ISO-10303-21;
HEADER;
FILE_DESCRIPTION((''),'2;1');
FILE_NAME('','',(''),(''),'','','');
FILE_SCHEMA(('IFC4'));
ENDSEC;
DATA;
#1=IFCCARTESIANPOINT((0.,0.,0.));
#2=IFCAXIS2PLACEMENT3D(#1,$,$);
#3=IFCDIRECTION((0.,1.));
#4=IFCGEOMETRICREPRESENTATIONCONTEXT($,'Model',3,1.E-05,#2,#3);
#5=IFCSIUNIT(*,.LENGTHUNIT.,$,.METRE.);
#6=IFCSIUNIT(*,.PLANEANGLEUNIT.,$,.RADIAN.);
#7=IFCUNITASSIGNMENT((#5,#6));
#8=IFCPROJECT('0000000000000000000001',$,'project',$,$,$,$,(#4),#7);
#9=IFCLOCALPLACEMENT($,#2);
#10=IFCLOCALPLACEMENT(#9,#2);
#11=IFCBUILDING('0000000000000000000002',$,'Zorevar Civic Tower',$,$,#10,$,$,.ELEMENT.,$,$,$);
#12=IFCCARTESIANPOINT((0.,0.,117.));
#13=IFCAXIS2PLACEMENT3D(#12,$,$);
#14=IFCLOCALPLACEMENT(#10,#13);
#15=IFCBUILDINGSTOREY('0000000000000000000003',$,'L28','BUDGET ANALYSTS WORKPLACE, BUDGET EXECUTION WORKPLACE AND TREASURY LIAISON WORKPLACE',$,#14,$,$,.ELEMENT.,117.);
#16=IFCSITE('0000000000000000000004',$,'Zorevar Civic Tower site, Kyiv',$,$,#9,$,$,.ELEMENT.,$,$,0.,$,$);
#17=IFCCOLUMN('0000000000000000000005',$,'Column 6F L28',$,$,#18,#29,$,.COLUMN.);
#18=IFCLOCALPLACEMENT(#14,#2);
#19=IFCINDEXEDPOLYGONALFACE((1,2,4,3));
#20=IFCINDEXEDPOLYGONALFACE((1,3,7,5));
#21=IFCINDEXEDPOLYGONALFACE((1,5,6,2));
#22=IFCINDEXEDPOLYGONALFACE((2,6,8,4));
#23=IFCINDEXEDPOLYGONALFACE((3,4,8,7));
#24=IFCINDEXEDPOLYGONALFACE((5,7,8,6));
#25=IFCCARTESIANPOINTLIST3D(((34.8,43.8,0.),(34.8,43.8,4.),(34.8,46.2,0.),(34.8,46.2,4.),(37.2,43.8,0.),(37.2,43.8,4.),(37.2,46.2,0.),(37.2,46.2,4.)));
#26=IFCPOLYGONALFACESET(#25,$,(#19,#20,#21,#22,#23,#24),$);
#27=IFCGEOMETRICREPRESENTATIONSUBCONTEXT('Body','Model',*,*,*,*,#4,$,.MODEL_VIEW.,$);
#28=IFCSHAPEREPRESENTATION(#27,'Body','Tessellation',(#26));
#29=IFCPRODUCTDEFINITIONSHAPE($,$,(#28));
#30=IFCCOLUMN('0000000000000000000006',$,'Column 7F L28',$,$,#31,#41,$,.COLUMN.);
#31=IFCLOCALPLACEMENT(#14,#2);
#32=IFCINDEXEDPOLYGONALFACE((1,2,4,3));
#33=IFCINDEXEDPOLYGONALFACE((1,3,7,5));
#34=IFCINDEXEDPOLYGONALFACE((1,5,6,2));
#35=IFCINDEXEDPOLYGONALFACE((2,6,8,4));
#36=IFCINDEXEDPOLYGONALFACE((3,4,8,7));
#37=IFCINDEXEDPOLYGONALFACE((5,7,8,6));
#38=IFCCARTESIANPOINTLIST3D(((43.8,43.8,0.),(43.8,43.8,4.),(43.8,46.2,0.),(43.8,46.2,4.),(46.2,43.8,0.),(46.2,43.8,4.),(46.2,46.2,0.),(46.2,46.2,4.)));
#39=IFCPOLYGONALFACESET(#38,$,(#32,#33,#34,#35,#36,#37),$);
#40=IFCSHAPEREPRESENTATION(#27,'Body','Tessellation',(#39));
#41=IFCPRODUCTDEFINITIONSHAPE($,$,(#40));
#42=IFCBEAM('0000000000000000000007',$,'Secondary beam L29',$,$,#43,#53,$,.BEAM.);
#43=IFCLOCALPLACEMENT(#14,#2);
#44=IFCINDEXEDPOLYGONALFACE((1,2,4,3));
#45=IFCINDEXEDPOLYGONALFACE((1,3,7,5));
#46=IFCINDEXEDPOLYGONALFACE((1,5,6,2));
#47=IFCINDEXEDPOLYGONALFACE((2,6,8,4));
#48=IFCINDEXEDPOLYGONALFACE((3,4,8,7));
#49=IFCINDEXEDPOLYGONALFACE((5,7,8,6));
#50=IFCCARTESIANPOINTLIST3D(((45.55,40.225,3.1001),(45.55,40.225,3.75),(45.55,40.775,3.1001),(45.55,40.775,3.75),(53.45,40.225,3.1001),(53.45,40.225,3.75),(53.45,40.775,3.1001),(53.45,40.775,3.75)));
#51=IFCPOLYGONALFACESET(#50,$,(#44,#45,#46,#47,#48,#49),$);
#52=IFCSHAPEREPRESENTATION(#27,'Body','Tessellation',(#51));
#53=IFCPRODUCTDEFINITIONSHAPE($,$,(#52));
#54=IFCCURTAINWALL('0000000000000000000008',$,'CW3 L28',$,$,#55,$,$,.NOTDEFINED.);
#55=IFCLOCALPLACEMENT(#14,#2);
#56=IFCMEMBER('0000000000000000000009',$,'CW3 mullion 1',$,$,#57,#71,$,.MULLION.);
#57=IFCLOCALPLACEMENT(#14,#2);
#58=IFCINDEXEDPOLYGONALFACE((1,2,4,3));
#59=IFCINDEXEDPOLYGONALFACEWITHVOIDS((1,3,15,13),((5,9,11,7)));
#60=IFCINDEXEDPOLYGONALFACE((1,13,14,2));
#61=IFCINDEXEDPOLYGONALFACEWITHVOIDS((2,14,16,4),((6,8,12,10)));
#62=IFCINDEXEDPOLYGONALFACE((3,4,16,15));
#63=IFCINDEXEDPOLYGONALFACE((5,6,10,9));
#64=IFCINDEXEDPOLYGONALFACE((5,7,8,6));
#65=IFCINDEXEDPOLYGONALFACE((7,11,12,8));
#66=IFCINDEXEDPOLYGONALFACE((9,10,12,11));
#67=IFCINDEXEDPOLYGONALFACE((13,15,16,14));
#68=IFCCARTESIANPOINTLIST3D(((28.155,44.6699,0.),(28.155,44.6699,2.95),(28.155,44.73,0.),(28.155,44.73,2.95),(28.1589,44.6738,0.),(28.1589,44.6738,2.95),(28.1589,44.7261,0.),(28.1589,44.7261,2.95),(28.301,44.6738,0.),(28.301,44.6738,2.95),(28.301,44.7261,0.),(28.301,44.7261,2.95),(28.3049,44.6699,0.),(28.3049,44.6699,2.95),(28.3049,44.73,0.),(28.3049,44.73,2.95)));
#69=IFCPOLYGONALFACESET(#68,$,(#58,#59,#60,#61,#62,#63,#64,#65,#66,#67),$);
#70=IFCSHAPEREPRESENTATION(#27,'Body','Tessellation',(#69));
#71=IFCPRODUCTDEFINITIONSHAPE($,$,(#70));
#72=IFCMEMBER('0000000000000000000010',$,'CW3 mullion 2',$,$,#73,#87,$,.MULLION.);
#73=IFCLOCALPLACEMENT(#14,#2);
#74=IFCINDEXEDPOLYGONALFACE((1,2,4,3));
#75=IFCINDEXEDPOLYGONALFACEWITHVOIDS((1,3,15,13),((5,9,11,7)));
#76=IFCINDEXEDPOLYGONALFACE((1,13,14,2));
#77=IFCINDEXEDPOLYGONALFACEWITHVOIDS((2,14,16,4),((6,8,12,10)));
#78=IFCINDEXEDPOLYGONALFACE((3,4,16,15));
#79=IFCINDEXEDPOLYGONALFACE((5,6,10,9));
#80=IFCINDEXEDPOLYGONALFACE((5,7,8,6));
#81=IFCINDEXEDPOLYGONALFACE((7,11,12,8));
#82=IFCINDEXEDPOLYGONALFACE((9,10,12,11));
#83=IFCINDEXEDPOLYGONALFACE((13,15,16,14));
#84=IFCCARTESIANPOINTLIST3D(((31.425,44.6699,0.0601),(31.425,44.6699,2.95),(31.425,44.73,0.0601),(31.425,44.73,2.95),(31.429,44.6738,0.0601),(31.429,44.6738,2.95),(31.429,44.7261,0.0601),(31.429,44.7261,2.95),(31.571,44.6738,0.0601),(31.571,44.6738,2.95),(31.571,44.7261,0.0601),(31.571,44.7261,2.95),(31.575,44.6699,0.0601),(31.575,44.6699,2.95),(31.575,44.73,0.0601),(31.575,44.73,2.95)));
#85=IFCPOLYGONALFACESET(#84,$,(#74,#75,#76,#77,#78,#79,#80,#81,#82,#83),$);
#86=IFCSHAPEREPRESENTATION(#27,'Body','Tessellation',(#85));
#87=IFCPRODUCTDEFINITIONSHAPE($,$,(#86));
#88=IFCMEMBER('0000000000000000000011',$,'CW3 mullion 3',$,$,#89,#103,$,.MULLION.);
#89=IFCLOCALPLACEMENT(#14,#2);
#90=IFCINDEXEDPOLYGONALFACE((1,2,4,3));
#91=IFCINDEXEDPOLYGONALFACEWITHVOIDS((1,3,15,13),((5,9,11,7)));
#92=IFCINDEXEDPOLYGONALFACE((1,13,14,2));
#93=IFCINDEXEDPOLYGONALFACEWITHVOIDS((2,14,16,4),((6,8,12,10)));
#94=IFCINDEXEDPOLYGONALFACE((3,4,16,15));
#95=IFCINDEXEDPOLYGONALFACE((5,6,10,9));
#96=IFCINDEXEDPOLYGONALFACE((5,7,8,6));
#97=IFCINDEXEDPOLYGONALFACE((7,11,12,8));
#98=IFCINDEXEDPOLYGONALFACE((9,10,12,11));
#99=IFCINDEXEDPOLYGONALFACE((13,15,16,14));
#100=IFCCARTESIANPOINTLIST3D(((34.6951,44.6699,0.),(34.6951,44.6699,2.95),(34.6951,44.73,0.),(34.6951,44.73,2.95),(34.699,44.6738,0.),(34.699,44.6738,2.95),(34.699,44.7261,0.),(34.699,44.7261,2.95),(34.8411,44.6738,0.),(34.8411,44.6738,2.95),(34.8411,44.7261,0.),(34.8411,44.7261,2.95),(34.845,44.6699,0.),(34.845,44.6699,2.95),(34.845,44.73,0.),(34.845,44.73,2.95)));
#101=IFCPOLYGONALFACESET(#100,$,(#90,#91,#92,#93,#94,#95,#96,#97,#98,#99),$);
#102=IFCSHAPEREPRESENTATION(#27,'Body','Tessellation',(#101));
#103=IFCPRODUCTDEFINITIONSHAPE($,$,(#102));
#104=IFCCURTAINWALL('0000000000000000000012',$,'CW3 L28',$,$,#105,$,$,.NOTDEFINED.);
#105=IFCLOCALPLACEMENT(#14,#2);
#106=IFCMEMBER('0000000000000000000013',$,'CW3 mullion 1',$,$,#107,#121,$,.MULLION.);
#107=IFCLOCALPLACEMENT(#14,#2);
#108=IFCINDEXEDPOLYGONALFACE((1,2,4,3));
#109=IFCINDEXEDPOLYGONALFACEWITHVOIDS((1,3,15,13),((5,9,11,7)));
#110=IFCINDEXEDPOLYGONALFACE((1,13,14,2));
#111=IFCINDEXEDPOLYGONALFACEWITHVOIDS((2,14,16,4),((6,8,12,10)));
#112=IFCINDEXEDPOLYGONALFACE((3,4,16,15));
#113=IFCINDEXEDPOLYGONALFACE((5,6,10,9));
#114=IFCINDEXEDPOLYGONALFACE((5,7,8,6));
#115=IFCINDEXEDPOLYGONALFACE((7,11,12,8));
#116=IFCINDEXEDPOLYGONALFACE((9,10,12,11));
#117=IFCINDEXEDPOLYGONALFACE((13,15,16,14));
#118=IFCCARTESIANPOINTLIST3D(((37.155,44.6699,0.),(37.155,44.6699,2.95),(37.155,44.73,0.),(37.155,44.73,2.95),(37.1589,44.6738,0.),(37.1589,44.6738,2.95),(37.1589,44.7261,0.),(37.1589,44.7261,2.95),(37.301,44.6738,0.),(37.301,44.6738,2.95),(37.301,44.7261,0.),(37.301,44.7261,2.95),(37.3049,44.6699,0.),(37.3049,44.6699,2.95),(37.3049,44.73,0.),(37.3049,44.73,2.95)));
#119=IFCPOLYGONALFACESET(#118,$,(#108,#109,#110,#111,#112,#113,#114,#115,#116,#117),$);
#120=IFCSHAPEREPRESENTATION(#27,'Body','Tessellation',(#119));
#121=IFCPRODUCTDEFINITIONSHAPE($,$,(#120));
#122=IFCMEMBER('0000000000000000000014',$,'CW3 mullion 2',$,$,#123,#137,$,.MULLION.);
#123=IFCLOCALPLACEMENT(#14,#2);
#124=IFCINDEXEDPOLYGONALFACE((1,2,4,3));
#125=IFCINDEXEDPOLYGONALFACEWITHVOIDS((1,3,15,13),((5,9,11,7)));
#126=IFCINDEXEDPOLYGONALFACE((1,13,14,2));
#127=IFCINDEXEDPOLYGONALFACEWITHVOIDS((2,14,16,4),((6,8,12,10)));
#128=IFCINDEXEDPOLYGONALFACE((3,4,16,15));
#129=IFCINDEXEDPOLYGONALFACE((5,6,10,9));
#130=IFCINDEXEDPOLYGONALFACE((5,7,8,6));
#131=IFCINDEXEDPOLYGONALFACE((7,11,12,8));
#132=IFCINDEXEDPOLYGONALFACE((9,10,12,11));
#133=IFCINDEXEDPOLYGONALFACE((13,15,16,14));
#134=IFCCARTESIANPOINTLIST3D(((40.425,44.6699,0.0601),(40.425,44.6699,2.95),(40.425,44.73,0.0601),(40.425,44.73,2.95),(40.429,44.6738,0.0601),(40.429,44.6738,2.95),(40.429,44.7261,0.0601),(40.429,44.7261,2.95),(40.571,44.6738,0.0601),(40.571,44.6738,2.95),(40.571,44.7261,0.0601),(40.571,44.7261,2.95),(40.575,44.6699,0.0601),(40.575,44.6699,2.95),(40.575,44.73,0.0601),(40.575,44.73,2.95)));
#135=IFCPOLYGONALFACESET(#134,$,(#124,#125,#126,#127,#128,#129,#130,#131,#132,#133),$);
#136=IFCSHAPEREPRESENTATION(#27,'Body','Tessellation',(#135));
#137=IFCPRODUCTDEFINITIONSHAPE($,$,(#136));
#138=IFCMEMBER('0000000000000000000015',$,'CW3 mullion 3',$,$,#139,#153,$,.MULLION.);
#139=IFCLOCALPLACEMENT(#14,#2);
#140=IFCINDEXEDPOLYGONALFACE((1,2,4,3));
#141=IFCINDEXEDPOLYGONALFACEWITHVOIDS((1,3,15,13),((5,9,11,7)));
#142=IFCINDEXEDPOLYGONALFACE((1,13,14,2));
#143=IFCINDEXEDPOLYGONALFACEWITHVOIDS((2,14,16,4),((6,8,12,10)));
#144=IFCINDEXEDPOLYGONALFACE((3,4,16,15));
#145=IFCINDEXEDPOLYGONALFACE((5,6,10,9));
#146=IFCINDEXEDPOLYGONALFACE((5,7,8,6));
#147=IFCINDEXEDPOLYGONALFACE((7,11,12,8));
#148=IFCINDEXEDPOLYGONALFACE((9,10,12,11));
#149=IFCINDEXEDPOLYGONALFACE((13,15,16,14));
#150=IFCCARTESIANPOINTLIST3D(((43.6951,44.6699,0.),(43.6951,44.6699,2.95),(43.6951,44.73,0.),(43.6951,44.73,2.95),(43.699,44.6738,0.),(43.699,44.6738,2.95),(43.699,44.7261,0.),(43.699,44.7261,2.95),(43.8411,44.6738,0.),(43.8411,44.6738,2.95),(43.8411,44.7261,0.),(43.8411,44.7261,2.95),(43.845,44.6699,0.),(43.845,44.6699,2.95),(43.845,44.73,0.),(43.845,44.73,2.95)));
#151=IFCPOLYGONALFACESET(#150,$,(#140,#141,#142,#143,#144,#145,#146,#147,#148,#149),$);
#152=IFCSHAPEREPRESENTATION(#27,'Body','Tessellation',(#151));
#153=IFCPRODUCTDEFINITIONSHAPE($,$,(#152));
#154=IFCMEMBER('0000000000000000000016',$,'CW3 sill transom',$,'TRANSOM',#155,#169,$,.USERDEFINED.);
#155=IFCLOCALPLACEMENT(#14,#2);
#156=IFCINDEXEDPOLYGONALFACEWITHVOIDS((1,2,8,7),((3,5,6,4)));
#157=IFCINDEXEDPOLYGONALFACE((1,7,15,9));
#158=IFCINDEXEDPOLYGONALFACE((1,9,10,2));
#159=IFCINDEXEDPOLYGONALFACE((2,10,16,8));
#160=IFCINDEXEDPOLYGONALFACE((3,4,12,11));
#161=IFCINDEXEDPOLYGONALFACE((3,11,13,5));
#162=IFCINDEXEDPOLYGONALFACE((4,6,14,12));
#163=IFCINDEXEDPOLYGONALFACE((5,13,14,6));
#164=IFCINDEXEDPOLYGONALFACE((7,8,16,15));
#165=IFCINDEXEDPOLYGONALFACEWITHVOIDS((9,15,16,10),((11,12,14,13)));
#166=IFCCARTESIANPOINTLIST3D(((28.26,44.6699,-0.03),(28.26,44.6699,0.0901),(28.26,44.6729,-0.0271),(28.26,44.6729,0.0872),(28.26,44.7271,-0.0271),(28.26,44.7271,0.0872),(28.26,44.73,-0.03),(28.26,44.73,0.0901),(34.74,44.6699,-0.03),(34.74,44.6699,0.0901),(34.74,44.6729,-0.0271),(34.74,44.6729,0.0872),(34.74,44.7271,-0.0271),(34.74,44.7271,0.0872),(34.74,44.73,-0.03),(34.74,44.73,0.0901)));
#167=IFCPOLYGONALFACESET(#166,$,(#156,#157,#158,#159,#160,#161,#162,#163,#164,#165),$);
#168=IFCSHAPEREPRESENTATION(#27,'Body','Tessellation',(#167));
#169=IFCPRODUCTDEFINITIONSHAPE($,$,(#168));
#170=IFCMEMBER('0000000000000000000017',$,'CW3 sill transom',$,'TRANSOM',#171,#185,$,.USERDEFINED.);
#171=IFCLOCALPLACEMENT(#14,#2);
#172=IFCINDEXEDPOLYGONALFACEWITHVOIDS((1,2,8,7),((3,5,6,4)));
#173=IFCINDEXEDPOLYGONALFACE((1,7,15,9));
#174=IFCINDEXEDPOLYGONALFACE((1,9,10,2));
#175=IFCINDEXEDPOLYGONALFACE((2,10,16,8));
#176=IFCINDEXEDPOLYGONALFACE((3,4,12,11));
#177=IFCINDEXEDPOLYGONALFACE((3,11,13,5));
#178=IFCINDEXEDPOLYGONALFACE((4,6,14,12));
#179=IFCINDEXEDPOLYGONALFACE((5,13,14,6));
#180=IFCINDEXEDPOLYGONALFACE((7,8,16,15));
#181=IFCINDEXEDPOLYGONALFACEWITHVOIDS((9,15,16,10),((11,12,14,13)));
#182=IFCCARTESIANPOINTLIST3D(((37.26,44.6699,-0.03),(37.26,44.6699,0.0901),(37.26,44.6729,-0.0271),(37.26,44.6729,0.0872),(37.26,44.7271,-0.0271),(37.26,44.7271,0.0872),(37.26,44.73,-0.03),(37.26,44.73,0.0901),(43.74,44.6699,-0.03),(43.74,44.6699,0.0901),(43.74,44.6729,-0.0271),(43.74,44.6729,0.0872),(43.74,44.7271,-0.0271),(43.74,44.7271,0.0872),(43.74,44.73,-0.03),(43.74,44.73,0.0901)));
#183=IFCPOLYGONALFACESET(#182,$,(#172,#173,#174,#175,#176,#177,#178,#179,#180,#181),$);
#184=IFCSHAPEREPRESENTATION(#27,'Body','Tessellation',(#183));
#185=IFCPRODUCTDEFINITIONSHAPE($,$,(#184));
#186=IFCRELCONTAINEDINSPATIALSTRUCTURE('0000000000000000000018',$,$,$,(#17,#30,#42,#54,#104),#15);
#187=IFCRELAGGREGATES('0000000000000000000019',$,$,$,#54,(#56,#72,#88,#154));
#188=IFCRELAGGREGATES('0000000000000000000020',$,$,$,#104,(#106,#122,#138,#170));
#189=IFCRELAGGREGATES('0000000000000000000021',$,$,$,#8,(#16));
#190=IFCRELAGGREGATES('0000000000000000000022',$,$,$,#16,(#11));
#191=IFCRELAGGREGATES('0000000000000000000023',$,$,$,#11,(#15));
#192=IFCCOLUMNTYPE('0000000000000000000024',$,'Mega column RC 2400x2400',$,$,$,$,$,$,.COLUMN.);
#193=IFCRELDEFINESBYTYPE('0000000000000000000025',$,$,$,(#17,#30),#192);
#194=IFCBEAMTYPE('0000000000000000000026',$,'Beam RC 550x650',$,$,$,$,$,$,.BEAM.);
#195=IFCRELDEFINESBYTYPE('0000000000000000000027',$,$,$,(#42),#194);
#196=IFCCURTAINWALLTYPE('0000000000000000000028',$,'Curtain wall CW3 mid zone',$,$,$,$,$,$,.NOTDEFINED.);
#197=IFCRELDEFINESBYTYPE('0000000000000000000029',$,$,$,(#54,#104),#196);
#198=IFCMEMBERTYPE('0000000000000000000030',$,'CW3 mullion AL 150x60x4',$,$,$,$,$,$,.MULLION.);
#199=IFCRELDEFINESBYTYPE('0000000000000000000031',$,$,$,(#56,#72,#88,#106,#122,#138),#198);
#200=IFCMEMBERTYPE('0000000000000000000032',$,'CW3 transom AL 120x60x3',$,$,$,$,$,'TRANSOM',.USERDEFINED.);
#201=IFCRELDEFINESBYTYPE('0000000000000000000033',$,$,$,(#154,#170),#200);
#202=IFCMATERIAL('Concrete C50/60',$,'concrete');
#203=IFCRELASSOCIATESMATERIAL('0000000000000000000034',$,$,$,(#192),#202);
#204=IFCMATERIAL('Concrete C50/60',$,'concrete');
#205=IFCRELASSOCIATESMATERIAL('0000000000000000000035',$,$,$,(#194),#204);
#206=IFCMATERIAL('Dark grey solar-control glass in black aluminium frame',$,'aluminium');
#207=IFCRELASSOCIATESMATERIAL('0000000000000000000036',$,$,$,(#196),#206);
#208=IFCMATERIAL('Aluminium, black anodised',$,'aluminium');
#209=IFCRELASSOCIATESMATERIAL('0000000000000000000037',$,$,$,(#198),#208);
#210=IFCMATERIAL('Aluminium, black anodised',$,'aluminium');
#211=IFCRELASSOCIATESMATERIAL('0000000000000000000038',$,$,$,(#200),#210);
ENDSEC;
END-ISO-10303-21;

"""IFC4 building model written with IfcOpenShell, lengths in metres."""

from ifc_helpers import new_model, si_unit, direction, frame, origin, origin_2d, place, context, subcontext, project, spatial, rectangle, hollow_rectangle, extrude, material, material_profile, profile_set, type_object, element, aggregate, save


model = new_model("IFC4")

# Units and contexts
model_context = context("Model", 3, precision=1e-05, world=origin(), true_north=direction((0.0, 1.0)))
body_context = subcontext(model_context, "Body", "Model", "MODEL_VIEW")
ifc_project = project(units=[si_unit("LENGTHUNIT", "METRE"), si_unit("PLANEANGLEUNIT", "RADIAN")], contexts=[model_context])

# Site, building, storey
site_placement = place(None, origin())
site = spatial("IfcSite", under=ifc_project, at=site_placement, Name="Zorevar Civic Tower site, Kyiv", CompositionType="ELEMENT", RefElevation=0.0)
building_placement = place(site_placement, origin())
building = spatial("IfcBuilding", under=site, at=building_placement, Name="Zorevar Civic Tower", CompositionType="ELEMENT")
storey_placement = place(building_placement, frame((0.0, 0.0, 117.0)))
storey = spatial("IfcBuildingStorey", under=building, at=storey_placement, Name="L28", Description="BUDGET ANALYSTS WORKPLACE, BUDGET EXECUTION WORKPLACE AND TREASURY LIAISON WORKPLACE", CompositionType="ELEMENT", Elevation=117.0)

# Columns
ifc_material_1 = material(Name="Concrete C50/60", Category="concrete")
ifc_material_profile_1 = material_profile(ifc_material_1, rectangle(XDim=2.3999, YDim=2.3999, at=origin_2d()), Name="RC 2400x2400")
ifc_profile_set_1 = profile_set([ifc_material_profile_1], Name="Concrete C50/60")
column_type = type_object("IfcColumnType", Name="Mega column RC 2400x2400", PredefinedType="COLUMN", material=ifc_profile_set_1)
for number, where, z_axis, x_axis, name in (
    (1, (36.0, 45.0, 0.0), (0.0, 0.0, 1.0), (1.0, 0.0, 0.0), "Column 6F L28"),
    (2, (45.0, 45.0, 0.0), (0.0, 0.0, 1.0), (1.0, 0.0, 0.0), "Column 7F L28"),
):
    element("IfcColumn", number, at=place(storey_placement, frame(where, z_axis=z_axis, x_axis=x_axis)), inside=storey, type_object=column_type, Name=name, PredefinedType="COLUMN", context=body_context, shape_type="SweptSolid", body=[
        extrude(rectangle(XDim=2.3999, YDim=2.3999, at=origin_2d()), origin(), (0.0, 0.0, 1.0), 4.0),
    ])

# Beam
ifc_material_2 = material(Name="Concrete C50/60", Category="concrete")
ifc_material_profile_2 = material_profile(ifc_material_2, rectangle(XDim=0.55, YDim=0.6499, at=origin_2d()), Name="RC 550x650")
ifc_profile_set_2 = profile_set([ifc_material_profile_2], Name="Concrete C50/60")
beam_type_1 = type_object("IfcBeamType", Name="Beam RC 550x650", PredefinedType="BEAM", material=ifc_profile_set_2)
beam_placement = place(storey_placement, frame((45.55, 40.5, 3.425), z_axis=(1.0, 0.0, 0.0), x_axis=(0.0, 1.0, 0.0)))
element("IfcBeam", 3, at=beam_placement, inside=storey, type_object=beam_type_1, Name="Secondary beam L29", PredefinedType="BEAM", context=body_context, shape_type="SweptSolid", body=[
    extrude(rectangle(XDim=0.55, YDim=0.6499, at=origin_2d()), origin(), (0.0, 0.0, 1.0), 7.8999),
])

# Curtain walls, members
ifc_material_3 = material(Name="Dark grey solar-control glass in black aluminium frame", Category="aluminium")
curtain_wall_type = type_object("IfcCurtainWallType", Name="Curtain wall CW3 mid zone", PredefinedType="NOTDEFINED", material=ifc_material_3)
curtain_wall_1_placement = place(storey_placement, origin())
curtain_wall_1 = element("IfcCurtainWall", 4, at=curtain_wall_1_placement, inside=storey, type_object=curtain_wall_type, Name="CW3 L28", PredefinedType="NOTDEFINED")
ifc_material_4 = material(Name="Aluminium, black anodised", Category="aluminium")
ifc_material_profile_3 = material_profile(ifc_material_4, hollow_rectangle(XDim=0.0601, YDim=0.1499, WallThickness=0.0039, at=origin_2d()), Name="AL 150x60x4")
ifc_profile_set_3 = profile_set([ifc_material_profile_3], Name="Aluminium, black anodised")
member_type_1 = type_object("IfcMemberType", Name="CW3 mullion AL 150x60x4", PredefinedType="MULLION", material=ifc_profile_set_3)
member_1_placement = place(storey_placement, frame((28.23, 44.7, 0.0), z_axis=(0.0, 0.0, 1.0), x_axis=(0.0, 1.0, 0.0)))
member_1 = element("IfcMember", 5, at=member_1_placement, type_object=member_type_1, Name="CW3 mullion 1", PredefinedType="MULLION", context=body_context, shape_type="SweptSolid", body=[
    extrude(hollow_rectangle(XDim=0.0601, YDim=0.1499, WallThickness=0.0039, at=origin_2d()), origin(), (0.0, 0.0, 1.0), 2.95),
])
member_2_placement = place(storey_placement, frame((31.5, 44.7, 0.0601), z_axis=(0.0, 0.0, 1.0), x_axis=(0.0, 1.0, 0.0)))
member_2 = element("IfcMember", 6, at=member_2_placement, type_object=member_type_1, Name="CW3 mullion 2", PredefinedType="MULLION", context=body_context, shape_type="SweptSolid", body=[
    extrude(hollow_rectangle(XDim=0.0601, YDim=0.1499, WallThickness=0.0039, at=origin_2d()), origin(), (0.0, 0.0, 1.0), 2.8899),
])
member_3_placement = place(storey_placement, frame((34.77, 44.7, 0.0), z_axis=(0.0, 0.0, 1.0), x_axis=(0.0, 1.0, 0.0)))
member_3 = element("IfcMember", 7, at=member_3_placement, type_object=member_type_1, Name="CW3 mullion 3", PredefinedType="MULLION", context=body_context, shape_type="SweptSolid", body=[
    extrude(hollow_rectangle(XDim=0.0601, YDim=0.1499, WallThickness=0.0039, at=origin_2d()), origin(), (0.0, 0.0, 1.0), 2.95),
])
curtain_wall_2_placement = place(storey_placement, origin())
curtain_wall_2 = element("IfcCurtainWall", 8, at=curtain_wall_2_placement, inside=storey, type_object=curtain_wall_type, Name="CW3 L28", PredefinedType="NOTDEFINED")
member_4_placement = place(storey_placement, frame((37.23, 44.7, 0.0), z_axis=(0.0, 0.0, 1.0), x_axis=(0.0, 1.0, 0.0)))
member_4 = element("IfcMember", 9, at=member_4_placement, type_object=member_type_1, Name="CW3 mullion 1", PredefinedType="MULLION", context=body_context, shape_type="SweptSolid", body=[
    extrude(hollow_rectangle(XDim=0.0601, YDim=0.1499, WallThickness=0.0039, at=origin_2d()), origin(), (0.0, 0.0, 1.0), 2.95),
])
member_5_placement = place(storey_placement, frame((40.5, 44.7, 0.0601), z_axis=(0.0, 0.0, 1.0), x_axis=(0.0, 1.0, 0.0)))
member_5 = element("IfcMember", 10, at=member_5_placement, type_object=member_type_1, Name="CW3 mullion 2", PredefinedType="MULLION", context=body_context, shape_type="SweptSolid", body=[
    extrude(hollow_rectangle(XDim=0.0601, YDim=0.1499, WallThickness=0.0039, at=origin_2d()), origin(), (0.0, 0.0, 1.0), 2.8899),
])
member_6_placement = place(storey_placement, frame((43.77, 44.7, 0.0), z_axis=(0.0, 0.0, 1.0), x_axis=(0.0, 1.0, 0.0)))
member_6 = element("IfcMember", 11, at=member_6_placement, type_object=member_type_1, Name="CW3 mullion 3", PredefinedType="MULLION", context=body_context, shape_type="SweptSolid", body=[
    extrude(hollow_rectangle(XDim=0.0601, YDim=0.1499, WallThickness=0.0039, at=origin_2d()), origin(), (0.0, 0.0, 1.0), 2.95),
])

# Members
ifc_material_5 = material(Name="Aluminium, black anodised", Category="aluminium")
ifc_material_profile_4 = material_profile(ifc_material_5, hollow_rectangle(XDim=0.0601, YDim=0.1201, WallThickness=0.0029, at=origin_2d()), Name="AL 120x60x3")
ifc_profile_set_4 = profile_set([ifc_material_profile_4], Name="Aluminium, black anodised")
member_type_2 = type_object("IfcMemberType", Name="CW3 transom AL 120x60x3", ElementType="TRANSOM", PredefinedType="USERDEFINED", material=ifc_profile_set_4)
member_7_placement = place(storey_placement, frame((28.26, 44.7, 0.03), z_axis=(1.0, 0.0, 0.0), x_axis=(0.0, 1.0, 0.0)))
member_7 = element("IfcMember", 12, at=member_7_placement, type_object=member_type_2, Name="CW3 sill transom", ObjectType="TRANSOM", PredefinedType="USERDEFINED", context=body_context, shape_type="SweptSolid", body=[
    extrude(hollow_rectangle(XDim=0.0601, YDim=0.1201, WallThickness=0.0029, at=origin_2d()), origin(), (0.0, 0.0, 1.0), 6.48),
])
member_8_placement = place(storey_placement, frame((37.26, 44.7, 0.03), z_axis=(1.0, 0.0, 0.0), x_axis=(0.0, 1.0, 0.0)))
member_8 = element("IfcMember", 13, at=member_8_placement, type_object=member_type_2, Name="CW3 sill transom", ObjectType="TRANSOM", PredefinedType="USERDEFINED", context=body_context, shape_type="SweptSolid", body=[
    extrude(hollow_rectangle(XDim=0.0601, YDim=0.1201, WallThickness=0.0029, at=origin_2d()), origin(), (0.0, 0.0, 1.0), 6.48),
])

aggregate(curtain_wall_1, [member_1, member_2, member_3, member_7])
aggregate(curtain_wall_2, [member_4, member_5, member_6, member_8])

save(model, "model.ifc")
